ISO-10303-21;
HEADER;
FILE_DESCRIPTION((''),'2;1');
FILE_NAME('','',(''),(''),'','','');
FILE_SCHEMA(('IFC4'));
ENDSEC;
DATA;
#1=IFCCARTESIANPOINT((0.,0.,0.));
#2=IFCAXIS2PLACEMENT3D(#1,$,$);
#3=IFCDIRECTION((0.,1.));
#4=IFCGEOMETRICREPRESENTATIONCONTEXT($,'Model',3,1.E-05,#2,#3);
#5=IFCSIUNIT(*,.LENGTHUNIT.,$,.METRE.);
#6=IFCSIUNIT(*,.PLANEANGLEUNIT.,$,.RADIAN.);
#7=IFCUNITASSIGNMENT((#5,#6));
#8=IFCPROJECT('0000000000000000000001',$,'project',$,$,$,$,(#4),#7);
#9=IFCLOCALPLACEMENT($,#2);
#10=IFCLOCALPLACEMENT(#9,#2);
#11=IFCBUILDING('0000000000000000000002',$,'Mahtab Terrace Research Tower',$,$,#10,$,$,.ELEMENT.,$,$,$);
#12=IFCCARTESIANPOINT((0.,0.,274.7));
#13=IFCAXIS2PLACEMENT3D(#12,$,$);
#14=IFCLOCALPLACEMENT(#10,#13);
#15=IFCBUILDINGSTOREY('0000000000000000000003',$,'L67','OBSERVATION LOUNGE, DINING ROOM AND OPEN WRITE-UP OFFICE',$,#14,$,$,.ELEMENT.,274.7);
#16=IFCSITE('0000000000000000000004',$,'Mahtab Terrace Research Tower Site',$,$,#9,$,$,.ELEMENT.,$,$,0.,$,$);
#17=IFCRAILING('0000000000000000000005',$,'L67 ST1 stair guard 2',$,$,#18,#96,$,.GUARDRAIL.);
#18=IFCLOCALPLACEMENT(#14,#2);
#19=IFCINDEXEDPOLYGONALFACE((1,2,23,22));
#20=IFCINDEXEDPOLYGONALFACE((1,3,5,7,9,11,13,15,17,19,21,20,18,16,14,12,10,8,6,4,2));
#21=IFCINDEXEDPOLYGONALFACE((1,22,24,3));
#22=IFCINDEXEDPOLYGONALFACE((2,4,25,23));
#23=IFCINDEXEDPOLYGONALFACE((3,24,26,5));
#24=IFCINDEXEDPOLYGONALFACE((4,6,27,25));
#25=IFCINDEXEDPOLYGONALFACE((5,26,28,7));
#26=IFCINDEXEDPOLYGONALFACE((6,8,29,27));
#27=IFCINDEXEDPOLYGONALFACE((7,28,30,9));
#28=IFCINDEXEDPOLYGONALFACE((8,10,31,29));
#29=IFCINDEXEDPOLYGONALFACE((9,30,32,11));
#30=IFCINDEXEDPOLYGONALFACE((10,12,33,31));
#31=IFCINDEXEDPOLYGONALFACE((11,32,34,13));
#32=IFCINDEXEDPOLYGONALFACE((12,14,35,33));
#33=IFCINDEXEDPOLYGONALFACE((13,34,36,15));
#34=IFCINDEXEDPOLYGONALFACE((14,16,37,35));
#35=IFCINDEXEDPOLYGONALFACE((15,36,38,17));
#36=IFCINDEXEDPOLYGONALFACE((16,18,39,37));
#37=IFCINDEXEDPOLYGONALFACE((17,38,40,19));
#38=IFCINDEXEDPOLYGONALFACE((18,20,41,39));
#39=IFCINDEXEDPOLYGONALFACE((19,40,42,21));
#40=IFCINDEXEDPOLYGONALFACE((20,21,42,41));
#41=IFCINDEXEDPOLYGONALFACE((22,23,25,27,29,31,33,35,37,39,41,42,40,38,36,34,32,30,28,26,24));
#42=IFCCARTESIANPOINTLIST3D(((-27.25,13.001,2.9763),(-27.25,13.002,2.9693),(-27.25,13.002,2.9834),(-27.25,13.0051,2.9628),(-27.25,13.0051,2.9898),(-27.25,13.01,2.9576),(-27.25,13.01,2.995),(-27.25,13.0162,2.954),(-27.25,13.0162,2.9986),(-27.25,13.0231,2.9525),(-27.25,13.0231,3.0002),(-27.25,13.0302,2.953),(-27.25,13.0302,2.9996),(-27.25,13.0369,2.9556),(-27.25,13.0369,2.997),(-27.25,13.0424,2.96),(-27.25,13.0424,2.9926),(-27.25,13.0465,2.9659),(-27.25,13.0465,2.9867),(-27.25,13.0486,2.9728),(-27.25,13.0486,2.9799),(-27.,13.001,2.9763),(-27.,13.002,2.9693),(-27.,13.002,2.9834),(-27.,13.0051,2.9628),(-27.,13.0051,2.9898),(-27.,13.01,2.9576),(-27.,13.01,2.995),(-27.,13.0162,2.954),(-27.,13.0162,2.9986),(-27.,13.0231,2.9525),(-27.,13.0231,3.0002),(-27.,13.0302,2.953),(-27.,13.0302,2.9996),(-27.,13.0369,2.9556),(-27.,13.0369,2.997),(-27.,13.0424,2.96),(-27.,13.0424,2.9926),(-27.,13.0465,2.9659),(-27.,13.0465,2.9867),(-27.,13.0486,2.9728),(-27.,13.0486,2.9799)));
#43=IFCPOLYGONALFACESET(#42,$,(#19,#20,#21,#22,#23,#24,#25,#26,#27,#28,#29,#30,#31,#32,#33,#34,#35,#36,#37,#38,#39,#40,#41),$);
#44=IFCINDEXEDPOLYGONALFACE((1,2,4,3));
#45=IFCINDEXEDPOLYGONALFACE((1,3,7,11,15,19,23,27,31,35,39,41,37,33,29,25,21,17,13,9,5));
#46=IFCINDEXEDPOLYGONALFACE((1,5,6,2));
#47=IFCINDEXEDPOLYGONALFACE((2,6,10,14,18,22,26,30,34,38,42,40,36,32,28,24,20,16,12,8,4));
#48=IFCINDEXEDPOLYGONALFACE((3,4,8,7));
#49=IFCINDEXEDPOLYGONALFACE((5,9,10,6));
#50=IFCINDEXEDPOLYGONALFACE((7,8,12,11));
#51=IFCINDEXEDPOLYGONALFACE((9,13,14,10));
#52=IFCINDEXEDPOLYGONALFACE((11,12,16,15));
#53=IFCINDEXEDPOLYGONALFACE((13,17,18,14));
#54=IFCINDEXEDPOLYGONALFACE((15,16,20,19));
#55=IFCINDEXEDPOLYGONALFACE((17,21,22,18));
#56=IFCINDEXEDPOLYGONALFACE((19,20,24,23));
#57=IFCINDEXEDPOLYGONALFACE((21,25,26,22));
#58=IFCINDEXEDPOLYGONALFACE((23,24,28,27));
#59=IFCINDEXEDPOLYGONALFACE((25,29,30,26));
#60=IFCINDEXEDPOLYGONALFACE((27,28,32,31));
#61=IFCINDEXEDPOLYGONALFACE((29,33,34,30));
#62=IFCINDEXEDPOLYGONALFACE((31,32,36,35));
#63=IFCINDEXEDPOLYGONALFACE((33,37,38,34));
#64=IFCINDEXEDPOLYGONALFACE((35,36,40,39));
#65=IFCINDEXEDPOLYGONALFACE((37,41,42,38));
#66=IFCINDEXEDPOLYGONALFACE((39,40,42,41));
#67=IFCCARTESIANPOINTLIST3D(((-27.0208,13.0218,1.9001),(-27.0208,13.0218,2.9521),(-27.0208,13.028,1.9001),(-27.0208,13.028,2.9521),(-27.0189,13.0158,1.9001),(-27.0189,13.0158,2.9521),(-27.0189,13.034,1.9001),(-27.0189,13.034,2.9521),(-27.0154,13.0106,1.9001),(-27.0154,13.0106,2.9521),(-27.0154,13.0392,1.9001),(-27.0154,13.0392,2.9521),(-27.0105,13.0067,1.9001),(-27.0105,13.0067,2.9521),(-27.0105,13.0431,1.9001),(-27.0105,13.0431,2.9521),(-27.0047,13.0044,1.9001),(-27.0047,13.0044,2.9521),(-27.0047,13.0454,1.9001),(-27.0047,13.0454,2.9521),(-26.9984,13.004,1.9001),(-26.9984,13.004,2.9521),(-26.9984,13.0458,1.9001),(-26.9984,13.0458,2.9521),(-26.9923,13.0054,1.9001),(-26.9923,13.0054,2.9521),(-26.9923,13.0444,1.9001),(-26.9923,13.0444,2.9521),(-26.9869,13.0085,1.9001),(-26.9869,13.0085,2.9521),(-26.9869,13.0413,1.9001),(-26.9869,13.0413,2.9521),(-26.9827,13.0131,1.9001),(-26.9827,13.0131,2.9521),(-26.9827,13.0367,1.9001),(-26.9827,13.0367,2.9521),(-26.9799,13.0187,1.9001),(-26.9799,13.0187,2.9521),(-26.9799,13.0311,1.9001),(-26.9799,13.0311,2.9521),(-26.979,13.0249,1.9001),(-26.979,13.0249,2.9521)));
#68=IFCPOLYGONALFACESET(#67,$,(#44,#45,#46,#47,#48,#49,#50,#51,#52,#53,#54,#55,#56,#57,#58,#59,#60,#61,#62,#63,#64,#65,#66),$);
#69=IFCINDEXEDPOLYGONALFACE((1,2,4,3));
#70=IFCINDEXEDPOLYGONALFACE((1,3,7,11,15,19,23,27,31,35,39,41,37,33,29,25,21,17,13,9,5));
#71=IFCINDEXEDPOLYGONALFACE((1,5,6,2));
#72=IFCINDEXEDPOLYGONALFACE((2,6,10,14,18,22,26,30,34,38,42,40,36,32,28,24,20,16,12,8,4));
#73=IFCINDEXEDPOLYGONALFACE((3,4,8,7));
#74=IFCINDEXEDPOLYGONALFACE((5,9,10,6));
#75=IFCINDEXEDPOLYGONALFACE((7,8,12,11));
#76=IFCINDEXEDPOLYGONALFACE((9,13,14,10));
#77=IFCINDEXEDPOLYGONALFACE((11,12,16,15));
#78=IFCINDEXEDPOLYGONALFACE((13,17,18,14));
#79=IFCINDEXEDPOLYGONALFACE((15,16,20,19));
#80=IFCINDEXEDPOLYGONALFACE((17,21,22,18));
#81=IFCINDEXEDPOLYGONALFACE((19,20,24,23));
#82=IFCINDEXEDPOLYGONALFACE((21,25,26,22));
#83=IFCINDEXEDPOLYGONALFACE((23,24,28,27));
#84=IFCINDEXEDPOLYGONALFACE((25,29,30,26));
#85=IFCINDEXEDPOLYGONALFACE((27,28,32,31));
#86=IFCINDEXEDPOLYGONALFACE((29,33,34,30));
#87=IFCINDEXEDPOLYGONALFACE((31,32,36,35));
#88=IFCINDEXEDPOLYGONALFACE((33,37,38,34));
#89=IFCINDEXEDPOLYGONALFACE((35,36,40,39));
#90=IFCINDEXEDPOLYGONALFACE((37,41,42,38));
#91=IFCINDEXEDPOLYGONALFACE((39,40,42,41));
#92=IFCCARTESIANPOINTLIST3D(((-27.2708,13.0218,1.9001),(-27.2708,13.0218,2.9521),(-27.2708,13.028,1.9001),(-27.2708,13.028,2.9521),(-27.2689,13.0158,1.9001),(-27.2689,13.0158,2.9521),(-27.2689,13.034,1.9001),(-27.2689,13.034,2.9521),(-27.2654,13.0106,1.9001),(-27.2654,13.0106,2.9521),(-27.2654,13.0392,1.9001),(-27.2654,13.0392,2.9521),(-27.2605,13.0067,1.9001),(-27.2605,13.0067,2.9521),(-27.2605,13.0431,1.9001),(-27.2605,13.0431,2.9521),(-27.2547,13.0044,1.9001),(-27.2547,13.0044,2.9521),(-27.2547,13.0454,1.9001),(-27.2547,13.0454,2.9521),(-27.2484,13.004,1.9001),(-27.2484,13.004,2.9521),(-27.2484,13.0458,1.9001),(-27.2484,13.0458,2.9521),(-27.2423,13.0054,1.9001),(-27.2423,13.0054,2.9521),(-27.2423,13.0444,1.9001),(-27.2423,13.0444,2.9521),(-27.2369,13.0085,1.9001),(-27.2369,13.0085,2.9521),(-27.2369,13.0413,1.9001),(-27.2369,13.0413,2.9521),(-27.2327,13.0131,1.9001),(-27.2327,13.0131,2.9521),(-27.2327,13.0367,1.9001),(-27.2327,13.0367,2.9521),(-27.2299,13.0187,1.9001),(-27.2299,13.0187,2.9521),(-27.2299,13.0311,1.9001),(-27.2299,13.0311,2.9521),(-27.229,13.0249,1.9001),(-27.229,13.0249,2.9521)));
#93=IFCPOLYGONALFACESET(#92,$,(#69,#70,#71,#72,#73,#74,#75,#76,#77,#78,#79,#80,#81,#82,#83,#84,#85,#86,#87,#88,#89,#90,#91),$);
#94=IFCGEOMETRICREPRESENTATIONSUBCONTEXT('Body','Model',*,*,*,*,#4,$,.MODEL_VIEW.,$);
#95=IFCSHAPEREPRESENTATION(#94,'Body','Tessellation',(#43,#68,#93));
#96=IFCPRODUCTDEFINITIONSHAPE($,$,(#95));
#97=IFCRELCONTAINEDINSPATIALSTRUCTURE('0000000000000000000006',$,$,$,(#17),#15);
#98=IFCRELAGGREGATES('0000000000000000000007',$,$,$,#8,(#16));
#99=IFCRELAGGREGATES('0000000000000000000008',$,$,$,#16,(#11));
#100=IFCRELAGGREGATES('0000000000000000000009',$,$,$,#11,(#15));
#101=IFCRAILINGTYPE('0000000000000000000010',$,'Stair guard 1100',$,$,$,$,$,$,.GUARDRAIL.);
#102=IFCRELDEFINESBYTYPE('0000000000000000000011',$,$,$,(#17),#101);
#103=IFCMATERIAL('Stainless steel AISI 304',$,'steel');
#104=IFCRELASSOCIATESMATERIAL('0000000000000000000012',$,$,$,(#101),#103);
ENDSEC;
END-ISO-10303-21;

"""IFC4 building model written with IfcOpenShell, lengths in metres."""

from ifc_helpers import new_model, si_unit, direction, frame, origin, origin_2d, place, context, subcontext, project, spatial, circle, extrude, material, type_object, element, save


model = new_model("IFC4")

# Units and contexts
model_context = context("Model", 3, precision=1e-05, world=origin(), true_north=direction((0.0, 1.0)))
body_context = subcontext(model_context, "Body", "Model", "MODEL_VIEW")
ifc_project = project(units=[si_unit("LENGTHUNIT", "METRE"), si_unit("PLANEANGLEUNIT", "RADIAN")], contexts=[model_context])

# Site, building, storey
site_placement = place(None, origin())
site = spatial("IfcSite", under=ifc_project, at=site_placement, Name="Mahtab Terrace Research Tower Site", CompositionType="ELEMENT", RefElevation=0.0)
building_placement = place(site_placement, origin())
building = spatial("IfcBuilding", under=site, at=building_placement, Name="Mahtab Terrace Research Tower", CompositionType="ELEMENT")
storey_placement = place(building_placement, frame((0.0, 0.0, 274.7)))
storey = spatial("IfcBuildingStorey", under=building, at=storey_placement, Name="L67", Description="OBSERVATION LOUNGE, DINING ROOM AND OPEN WRITE-UP OFFICE", CompositionType="ELEMENT", Elevation=274.7)

# Railing
ifc_material_1 = material(Name="Stainless steel AISI 304", Category="steel")
railing_type_1 = type_object("IfcRailingType", Name="Stair guard 1100", PredefinedType="GUARDRAIL", material=ifc_material_1)
railing_1_placement = place(storey_placement, frame((-27.0, 13.0249, 1.9001)))
element("IfcRailing", 1, at=railing_1_placement, inside=storey, type_object=railing_type_1, Name="L67 ST1 stair guard 2", PredefinedType="GUARDRAIL", context=body_context, shape_type="SweptSolid", body=[
    extrude(circle(Radius=0.0239, at=origin_2d()), frame((0.0, 0.0, 1.0762), z_axis=(-1.0, 0.0, 0.0), x_axis=(0.0, -1.0, 0.0)), (0.0, 0.0, 1.0), 0.25),
    extrude(circle(Radius=0.021, at=origin_2d()), origin(), (0.0, 0.0, 1.0), 1.052),
    extrude(circle(Radius=0.021, at=origin_2d()), frame((-0.25, 0.0, 0.0)), (0.0, 0.0, 1.0), 1.052),
])

save(model, "model.ifc")
